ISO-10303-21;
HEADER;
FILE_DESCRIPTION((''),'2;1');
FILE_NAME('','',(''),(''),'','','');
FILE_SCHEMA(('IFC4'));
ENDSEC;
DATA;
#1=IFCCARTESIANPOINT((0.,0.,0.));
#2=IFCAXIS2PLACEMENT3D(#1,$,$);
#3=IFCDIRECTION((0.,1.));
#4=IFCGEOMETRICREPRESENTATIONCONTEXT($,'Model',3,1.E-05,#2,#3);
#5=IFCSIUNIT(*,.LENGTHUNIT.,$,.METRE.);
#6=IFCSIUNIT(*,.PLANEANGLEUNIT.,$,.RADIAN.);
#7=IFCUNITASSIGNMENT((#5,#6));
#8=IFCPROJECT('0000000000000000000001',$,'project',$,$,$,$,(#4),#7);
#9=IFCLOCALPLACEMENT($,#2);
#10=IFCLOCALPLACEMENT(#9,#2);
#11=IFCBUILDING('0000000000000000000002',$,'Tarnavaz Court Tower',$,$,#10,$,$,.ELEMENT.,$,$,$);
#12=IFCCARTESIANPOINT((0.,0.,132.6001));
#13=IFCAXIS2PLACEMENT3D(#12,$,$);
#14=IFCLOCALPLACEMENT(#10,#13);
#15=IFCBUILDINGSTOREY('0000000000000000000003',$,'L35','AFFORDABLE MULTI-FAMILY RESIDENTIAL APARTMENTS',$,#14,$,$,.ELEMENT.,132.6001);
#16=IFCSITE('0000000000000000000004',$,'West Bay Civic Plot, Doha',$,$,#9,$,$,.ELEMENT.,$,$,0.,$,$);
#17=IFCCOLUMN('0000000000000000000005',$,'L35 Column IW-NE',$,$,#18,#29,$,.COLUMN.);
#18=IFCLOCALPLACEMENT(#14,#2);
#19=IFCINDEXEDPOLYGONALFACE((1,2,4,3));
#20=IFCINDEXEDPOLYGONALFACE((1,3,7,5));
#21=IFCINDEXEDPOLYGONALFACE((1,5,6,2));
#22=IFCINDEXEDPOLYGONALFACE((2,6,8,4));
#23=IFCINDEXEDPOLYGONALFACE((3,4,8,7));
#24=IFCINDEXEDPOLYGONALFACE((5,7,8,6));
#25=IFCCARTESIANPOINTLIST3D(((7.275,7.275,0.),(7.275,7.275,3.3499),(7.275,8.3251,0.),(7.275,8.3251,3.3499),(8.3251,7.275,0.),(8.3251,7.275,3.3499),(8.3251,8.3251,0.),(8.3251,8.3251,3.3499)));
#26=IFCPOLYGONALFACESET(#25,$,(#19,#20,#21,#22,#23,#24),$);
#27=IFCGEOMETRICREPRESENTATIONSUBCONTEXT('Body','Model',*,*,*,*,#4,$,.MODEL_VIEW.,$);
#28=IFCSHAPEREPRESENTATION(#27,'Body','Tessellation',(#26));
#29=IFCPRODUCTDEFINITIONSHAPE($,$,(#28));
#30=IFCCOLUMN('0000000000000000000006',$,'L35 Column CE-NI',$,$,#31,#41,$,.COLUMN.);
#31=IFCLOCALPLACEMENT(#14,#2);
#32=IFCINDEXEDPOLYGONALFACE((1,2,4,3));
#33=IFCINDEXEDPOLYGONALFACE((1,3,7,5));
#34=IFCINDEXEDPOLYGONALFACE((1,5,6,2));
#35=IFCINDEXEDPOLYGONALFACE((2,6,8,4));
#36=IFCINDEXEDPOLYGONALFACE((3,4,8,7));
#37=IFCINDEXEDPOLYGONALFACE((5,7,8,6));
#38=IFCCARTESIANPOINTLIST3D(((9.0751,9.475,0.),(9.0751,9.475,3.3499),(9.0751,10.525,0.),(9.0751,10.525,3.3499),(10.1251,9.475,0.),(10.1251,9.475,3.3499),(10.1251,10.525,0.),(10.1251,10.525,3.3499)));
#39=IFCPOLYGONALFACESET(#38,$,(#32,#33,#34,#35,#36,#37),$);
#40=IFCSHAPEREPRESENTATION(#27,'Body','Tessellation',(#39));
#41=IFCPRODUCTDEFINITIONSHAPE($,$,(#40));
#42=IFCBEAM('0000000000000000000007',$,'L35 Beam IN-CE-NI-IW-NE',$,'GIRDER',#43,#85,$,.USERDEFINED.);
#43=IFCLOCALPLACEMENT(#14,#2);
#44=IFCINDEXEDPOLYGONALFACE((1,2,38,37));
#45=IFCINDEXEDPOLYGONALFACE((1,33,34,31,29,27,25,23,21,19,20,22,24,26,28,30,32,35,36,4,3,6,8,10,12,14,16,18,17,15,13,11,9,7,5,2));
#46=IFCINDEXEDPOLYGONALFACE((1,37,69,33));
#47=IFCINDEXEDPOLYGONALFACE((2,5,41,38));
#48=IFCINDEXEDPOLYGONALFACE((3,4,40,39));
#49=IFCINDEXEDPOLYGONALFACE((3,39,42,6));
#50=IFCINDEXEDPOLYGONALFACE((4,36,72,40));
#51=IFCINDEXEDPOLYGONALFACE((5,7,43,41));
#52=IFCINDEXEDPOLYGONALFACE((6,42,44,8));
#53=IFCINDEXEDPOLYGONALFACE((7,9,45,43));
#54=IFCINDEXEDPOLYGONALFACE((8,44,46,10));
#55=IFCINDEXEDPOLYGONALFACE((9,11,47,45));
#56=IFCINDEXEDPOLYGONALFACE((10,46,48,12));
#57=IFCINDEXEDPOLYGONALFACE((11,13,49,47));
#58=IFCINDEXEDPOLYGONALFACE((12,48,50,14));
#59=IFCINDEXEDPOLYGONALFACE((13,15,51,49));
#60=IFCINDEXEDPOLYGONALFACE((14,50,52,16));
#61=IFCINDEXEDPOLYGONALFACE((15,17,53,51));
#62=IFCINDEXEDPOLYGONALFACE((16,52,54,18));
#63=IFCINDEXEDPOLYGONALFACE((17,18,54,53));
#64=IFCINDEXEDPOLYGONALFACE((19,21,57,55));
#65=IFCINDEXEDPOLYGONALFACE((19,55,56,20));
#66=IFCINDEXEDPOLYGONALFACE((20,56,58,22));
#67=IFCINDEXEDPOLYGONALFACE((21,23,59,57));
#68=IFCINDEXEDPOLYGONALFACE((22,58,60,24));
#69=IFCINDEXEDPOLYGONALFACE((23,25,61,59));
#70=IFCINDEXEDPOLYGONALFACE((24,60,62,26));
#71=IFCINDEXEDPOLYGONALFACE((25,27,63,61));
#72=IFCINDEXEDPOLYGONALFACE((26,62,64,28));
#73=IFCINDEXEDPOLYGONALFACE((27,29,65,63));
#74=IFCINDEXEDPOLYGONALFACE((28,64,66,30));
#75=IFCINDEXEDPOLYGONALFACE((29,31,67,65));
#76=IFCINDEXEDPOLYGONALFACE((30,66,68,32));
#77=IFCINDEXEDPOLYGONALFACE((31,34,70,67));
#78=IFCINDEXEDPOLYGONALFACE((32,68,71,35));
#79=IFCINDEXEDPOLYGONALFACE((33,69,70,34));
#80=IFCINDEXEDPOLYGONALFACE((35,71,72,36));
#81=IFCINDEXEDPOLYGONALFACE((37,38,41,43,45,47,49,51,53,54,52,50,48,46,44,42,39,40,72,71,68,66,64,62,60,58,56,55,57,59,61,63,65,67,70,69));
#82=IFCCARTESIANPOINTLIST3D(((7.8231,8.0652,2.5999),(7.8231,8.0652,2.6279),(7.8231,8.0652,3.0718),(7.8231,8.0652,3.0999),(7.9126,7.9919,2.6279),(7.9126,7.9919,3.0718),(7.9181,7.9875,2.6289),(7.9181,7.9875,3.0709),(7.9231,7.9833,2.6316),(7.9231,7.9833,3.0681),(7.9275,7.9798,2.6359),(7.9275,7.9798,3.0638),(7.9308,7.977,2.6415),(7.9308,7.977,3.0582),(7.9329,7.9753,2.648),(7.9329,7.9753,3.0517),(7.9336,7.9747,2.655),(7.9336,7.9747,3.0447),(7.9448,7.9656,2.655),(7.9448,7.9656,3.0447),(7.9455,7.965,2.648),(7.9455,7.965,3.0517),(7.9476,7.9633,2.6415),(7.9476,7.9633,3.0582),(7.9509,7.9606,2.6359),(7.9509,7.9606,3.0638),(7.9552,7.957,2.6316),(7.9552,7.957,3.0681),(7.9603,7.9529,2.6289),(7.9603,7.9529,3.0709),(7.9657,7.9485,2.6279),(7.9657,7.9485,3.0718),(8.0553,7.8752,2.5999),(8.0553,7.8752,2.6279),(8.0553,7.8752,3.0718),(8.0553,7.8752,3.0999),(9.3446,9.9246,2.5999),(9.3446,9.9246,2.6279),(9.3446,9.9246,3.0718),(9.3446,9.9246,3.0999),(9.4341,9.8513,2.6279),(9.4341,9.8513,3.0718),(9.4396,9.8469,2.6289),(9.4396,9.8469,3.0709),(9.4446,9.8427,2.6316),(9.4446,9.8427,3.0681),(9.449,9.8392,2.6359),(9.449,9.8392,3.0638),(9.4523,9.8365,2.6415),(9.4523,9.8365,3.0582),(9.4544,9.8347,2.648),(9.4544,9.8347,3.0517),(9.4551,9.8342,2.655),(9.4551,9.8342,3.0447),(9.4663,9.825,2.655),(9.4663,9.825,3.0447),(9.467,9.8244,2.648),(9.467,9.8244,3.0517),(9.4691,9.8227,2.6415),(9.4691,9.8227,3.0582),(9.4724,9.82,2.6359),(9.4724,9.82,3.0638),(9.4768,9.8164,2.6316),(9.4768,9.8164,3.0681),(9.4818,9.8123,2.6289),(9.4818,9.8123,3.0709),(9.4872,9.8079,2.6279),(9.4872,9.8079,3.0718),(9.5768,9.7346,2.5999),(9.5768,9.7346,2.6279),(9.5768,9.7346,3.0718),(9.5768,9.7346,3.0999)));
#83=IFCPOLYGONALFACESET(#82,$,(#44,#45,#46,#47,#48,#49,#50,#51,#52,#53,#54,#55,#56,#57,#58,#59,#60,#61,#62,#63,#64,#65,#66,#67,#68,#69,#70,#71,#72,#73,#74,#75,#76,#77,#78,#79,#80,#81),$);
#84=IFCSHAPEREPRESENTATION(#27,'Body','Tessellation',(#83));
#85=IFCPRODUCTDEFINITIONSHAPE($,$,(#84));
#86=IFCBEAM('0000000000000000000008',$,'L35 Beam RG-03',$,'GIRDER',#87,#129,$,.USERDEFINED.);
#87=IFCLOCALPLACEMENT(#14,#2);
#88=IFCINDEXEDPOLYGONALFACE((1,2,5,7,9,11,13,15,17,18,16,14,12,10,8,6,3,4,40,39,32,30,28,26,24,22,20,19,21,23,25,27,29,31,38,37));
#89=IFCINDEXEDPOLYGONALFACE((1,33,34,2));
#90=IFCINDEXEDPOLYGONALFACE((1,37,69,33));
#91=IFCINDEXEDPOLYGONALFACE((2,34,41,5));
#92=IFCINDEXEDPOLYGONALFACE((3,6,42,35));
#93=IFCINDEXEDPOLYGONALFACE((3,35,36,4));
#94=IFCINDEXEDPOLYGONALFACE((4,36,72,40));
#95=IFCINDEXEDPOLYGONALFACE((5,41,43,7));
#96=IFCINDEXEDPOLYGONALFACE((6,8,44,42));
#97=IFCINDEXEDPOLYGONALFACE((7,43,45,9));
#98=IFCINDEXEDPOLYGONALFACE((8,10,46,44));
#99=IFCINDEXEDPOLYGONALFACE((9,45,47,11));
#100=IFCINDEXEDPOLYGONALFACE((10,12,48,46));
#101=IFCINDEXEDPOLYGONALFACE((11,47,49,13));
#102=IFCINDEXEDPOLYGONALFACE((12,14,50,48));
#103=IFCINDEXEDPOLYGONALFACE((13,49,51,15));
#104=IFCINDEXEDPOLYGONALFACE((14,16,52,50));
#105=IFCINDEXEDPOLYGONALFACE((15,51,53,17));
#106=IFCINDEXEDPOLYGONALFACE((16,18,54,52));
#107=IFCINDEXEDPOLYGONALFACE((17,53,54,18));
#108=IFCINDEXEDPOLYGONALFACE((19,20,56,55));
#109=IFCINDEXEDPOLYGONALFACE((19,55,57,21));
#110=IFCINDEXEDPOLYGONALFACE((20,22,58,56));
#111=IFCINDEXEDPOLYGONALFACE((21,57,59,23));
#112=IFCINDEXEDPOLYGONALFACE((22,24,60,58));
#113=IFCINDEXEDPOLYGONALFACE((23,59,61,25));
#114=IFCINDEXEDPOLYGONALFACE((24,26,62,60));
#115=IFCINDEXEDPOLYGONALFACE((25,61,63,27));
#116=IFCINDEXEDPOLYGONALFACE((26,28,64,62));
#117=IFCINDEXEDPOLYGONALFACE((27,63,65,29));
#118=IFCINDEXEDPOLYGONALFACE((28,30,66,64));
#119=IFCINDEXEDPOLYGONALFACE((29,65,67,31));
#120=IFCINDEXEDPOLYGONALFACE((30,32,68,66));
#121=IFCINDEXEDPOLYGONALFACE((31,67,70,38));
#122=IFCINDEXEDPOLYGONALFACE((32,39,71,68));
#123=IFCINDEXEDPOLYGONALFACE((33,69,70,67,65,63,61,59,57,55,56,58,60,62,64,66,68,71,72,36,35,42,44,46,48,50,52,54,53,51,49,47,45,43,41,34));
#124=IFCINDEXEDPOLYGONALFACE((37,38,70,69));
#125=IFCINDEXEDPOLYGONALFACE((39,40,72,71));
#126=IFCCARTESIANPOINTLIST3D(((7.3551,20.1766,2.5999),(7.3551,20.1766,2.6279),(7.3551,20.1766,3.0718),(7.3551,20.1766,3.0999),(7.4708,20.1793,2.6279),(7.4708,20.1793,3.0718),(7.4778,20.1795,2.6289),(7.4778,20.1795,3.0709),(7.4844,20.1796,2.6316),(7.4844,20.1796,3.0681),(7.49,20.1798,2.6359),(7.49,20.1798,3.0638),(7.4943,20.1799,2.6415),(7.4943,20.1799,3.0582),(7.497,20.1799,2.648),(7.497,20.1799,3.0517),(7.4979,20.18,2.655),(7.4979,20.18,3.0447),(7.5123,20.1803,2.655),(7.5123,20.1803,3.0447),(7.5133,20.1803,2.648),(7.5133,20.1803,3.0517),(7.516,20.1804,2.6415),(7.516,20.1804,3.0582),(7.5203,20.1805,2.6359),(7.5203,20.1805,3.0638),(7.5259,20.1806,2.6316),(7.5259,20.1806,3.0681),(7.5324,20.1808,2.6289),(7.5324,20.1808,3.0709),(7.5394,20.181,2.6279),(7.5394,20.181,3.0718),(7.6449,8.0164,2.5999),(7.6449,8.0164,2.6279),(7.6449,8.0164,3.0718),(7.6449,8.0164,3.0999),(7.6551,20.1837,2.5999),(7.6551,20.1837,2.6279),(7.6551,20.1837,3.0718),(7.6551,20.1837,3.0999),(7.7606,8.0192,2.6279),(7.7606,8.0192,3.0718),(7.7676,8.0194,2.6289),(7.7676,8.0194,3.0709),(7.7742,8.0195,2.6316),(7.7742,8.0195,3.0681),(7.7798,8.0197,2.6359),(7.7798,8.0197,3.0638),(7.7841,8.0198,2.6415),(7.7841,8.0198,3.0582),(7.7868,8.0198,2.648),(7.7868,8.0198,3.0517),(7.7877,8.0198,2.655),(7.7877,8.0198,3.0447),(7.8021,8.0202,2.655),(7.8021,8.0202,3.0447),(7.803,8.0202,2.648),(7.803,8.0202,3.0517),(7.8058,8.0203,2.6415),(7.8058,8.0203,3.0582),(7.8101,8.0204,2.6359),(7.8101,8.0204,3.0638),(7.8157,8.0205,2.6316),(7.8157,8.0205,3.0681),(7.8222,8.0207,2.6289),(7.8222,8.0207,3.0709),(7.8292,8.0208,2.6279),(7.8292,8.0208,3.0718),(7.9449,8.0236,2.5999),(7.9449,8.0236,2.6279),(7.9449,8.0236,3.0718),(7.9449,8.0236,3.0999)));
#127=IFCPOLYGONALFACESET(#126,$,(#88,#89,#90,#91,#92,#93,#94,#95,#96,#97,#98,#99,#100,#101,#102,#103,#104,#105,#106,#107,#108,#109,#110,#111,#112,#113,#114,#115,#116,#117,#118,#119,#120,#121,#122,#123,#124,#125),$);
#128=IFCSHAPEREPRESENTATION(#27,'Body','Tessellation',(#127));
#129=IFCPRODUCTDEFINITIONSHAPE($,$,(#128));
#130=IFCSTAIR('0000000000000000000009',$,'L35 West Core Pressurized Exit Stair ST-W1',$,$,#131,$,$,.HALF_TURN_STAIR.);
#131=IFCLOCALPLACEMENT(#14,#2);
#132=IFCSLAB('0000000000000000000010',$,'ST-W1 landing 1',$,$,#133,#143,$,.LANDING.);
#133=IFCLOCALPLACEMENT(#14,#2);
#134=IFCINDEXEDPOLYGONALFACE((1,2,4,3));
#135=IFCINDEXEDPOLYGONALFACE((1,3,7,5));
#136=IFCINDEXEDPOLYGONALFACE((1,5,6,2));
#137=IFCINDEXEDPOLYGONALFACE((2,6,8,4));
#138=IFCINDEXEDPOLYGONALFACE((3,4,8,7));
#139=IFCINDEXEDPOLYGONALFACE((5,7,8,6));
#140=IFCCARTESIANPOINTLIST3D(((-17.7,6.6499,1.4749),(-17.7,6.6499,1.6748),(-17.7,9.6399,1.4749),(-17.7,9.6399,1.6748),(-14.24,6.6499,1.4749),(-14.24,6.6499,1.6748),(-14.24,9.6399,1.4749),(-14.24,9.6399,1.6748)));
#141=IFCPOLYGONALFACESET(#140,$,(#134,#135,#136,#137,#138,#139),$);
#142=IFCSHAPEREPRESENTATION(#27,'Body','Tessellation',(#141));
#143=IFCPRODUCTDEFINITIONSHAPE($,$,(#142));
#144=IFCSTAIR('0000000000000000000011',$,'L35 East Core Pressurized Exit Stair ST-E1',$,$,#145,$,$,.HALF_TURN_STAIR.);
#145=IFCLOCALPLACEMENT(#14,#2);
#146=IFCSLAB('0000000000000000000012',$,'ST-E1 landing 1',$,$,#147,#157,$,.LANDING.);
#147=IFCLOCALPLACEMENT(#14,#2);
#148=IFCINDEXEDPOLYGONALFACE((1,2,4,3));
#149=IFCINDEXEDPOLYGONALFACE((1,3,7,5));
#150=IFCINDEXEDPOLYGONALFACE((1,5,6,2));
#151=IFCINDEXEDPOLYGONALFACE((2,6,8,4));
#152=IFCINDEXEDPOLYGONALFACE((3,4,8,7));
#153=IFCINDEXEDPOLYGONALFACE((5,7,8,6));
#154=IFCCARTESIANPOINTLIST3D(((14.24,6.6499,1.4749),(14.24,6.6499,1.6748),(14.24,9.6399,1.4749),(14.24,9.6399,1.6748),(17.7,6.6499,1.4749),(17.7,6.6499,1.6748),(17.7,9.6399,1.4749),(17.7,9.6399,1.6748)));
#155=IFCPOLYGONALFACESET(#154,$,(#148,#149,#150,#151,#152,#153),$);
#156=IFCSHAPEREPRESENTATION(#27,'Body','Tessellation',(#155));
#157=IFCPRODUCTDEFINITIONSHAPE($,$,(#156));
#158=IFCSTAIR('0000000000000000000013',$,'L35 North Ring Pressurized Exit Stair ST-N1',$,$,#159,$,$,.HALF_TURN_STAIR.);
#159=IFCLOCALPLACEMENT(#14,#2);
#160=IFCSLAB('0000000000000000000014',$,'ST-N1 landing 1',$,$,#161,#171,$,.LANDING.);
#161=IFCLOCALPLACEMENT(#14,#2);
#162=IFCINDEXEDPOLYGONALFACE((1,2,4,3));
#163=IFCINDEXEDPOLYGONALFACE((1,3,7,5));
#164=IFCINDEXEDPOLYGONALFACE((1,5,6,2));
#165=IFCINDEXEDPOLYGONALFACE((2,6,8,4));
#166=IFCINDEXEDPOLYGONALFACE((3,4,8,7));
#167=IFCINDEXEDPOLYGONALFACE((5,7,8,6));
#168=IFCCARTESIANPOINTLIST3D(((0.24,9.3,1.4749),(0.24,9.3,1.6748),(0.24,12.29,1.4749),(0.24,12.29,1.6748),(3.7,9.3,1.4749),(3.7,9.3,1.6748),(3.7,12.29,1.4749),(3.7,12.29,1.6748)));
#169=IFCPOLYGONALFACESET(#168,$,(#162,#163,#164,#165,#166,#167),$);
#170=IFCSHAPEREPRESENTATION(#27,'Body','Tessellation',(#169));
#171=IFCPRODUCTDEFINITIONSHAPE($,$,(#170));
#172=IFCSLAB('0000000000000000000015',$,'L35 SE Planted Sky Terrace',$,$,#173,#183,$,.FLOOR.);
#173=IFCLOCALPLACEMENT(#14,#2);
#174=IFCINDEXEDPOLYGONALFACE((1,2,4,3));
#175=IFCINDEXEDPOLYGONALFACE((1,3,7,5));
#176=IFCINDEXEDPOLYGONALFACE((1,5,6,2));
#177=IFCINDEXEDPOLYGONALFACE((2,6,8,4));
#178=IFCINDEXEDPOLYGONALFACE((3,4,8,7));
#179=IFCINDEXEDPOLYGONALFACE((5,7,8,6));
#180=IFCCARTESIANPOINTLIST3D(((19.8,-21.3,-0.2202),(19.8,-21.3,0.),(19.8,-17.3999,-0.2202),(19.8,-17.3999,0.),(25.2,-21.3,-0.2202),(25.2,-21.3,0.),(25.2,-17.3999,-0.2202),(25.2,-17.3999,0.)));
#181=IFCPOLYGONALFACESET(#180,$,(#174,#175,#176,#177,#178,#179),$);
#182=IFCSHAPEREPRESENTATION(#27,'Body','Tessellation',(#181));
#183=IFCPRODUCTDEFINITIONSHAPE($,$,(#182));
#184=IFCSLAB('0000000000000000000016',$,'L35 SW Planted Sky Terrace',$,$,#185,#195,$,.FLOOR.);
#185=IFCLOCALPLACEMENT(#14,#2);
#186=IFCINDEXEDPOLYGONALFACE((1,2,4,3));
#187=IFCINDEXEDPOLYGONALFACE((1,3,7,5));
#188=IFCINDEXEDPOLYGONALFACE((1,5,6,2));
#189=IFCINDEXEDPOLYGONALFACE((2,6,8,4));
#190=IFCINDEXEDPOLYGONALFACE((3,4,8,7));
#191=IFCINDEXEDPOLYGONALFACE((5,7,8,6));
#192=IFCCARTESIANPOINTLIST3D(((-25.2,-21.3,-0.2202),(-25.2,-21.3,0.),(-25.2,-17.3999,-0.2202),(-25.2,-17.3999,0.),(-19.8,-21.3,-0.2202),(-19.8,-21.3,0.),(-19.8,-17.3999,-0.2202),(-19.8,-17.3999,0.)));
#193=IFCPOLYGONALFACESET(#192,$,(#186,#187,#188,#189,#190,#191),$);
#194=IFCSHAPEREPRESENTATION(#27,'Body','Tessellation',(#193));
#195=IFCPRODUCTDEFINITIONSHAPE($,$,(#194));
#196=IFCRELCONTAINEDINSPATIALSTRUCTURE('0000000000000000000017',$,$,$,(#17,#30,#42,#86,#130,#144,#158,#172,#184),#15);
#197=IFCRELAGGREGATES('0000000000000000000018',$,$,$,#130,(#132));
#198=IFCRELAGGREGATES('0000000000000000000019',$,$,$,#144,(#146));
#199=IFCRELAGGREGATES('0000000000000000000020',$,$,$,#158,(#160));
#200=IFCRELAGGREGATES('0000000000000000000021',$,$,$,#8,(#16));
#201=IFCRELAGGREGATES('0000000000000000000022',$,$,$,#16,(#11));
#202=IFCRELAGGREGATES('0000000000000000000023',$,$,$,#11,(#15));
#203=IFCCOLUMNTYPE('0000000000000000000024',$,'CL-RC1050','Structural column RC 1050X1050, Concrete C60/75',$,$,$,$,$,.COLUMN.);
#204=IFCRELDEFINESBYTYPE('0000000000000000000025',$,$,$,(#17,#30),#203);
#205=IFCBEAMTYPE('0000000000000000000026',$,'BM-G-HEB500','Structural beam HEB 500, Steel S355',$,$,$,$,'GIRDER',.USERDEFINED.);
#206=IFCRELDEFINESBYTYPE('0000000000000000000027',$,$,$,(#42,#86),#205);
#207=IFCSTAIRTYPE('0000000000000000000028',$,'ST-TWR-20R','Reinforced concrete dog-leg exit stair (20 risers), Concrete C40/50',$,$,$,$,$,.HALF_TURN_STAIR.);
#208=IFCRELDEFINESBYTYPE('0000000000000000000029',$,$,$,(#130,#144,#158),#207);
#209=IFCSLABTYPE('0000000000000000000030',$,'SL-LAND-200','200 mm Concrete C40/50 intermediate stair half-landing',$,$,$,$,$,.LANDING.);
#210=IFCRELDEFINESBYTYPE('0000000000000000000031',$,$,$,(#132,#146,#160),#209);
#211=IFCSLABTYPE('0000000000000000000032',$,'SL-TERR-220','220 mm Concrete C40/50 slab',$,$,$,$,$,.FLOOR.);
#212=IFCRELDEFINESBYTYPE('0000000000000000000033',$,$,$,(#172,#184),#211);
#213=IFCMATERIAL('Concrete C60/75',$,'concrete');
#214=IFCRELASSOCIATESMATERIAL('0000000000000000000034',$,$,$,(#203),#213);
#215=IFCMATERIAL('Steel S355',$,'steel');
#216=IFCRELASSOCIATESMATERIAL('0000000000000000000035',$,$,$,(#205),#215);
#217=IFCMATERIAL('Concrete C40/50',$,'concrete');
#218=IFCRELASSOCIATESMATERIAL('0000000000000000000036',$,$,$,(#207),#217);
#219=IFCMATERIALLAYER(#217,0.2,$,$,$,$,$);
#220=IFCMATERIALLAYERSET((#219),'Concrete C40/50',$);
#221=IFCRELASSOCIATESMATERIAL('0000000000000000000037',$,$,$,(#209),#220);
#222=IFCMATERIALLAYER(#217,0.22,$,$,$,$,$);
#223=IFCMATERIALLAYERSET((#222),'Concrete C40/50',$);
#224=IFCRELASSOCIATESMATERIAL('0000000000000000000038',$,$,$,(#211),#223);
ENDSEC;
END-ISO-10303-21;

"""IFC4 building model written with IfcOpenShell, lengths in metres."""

from ifc_helpers import new_model, si_unit, direction, frame, origin, origin_2d, place, context, subcontext, project, spatial, polyline, rectangle, i_section, outline, extrude, material, layer, layer_set, material_profile, profile_set, type_object, element, aggregate, save


model = new_model("IFC4")

# Units and contexts
model_context = context("Model", 3, precision=1e-05, world=origin(), true_north=direction((0.0, 1.0)))
body_context = subcontext(model_context, "Body", "Model", "MODEL_VIEW")
ifc_project = project(units=[si_unit("LENGTHUNIT", "METRE"), si_unit("PLANEANGLEUNIT", "RADIAN")], contexts=[model_context])

# Site, building, storey
site_placement = place(None, origin())
site = spatial("IfcSite", under=ifc_project, at=site_placement, Name="West Bay Civic Plot, Doha", CompositionType="ELEMENT", RefElevation=0.0)
building_placement = place(site_placement, origin())
building = spatial("IfcBuilding", under=site, at=building_placement, Name="Tarnavaz Court Tower", CompositionType="ELEMENT")
storey_placement = place(building_placement, frame((0.0, 0.0, 132.6001)))
storey = spatial("IfcBuildingStorey", under=building, at=storey_placement, Name="L35", Description="AFFORDABLE MULTI-FAMILY RESIDENTIAL APARTMENTS", CompositionType="ELEMENT", Elevation=132.6001)

# Columns
ifc_material_1 = material(Name="Concrete C60/75", Category="concrete")
ifc_material_profile_1 = material_profile(ifc_material_1, rectangle(XDim=1.05, YDim=1.05, at=origin_2d()), Name="RC 1050X1050")
ifc_profile_set_1 = profile_set([ifc_material_profile_1], Name="Concrete C60/75")
column_type = type_object("IfcColumnType", Name="CL-RC1050", Description="Structural column RC 1050X1050, Concrete C60/75", PredefinedType="COLUMN", material=ifc_profile_set_1)
for number, where, z_axis, x_axis, name in (
    (1, (7.8, 7.8, 0.0), (0.0, 0.0, 1.0), (1.0, 0.0, 0.0), "L35 Column IW-NE"),
    (2, (9.6001, 10.0, 0.0), (0.0, 0.0, 1.0), (1.0, 0.0, 0.0), "L35 Column CE-NI"),
):
    element("IfcColumn", number, at=place(storey_placement, frame(where, z_axis=z_axis, x_axis=x_axis)), inside=storey, type_object=column_type, Name=name, PredefinedType="COLUMN", context=body_context, shape_type="SweptSolid", body=[
        extrude(rectangle(XDim=1.05, YDim=1.05, at=origin_2d()), origin(), (0.0, 0.0, 1.0), 3.3499),
    ])

# Beams
ifc_material_2 = material(Name="Steel S355", Category="steel")
ifc_material_profile_2 = material_profile(ifc_material_2, i_section(OverallWidth=0.3, OverallDepth=0.5, WebThickness=0.0144, FlangeThickness=0.0281, FilletRadius=0.0271, at=origin_2d()), Name="HEB 500")
ifc_profile_set_2 = profile_set([ifc_material_profile_2], Name="Steel S355")
beam_type = type_object("IfcBeamType", Name="BM-G-HEB500", Description="Structural beam HEB 500, Steel S355", ElementType="GIRDER", PredefinedType="USERDEFINED", material=ifc_profile_set_2)
beam_1_placement = place(storey_placement, frame((9.4607, 9.8296, 2.8499), z_axis=(-0.633282, -0.773921, 0.0), x_axis=(0.773921, -0.633282, 0.0)))
element("IfcBeam", 3, at=beam_1_placement, inside=storey, type_object=beam_type, Name="L35 Beam IN-CE-NI-IW-NE", ObjectType="GIRDER", PredefinedType="USERDEFINED", context=body_context, shape_type="SweptSolid", body=[
    extrude(i_section(OverallWidth=0.3, OverallDepth=0.5, WebThickness=0.0144, FlangeThickness=0.0281, FilletRadius=0.0271, at=origin_2d()), origin(), (0.0, 0.0, 1.0), 2.4026),
])
beam_2_placement = place(storey_placement, frame((7.7949, 8.02, 2.8499), z_axis=(-0.023825, 0.999716, 0.0), x_axis=(-0.999716, -0.023825, 0.0)))
element("IfcBeam", 4, at=beam_2_placement, inside=storey, type_object=beam_type, Name="L35 Beam RG-03", ObjectType="GIRDER", PredefinedType="USERDEFINED", context=body_context, shape_type="SweptSolid", body=[
    extrude(i_section(OverallWidth=0.3, OverallDepth=0.5, WebThickness=0.0144, FlangeThickness=0.0281, FilletRadius=0.0271, at=origin_2d()), origin(), (0.0, 0.0, 1.0), 12.1636),
])

# Stairs, slabs
ifc_material_3 = material(Name="Concrete C40/50", Category="concrete")
stair_type = type_object("IfcStairType", Name="ST-TWR-20R", Description="Reinforced concrete dog-leg exit stair (20 risers), Concrete C40/50", PredefinedType="HALF_TURN_STAIR", material=ifc_material_3)
stair_1_placement = place(storey_placement, origin())
stair_1 = element("IfcStair", 5, at=stair_1_placement, inside=storey, type_object=stair_type, Name="L35 West Core Pressurized Exit Stair ST-W1", PredefinedType="HALF_TURN_STAIR")
ifc_layer_1 = layer(ifc_material_3, 0.2)
ifc_layer_set_1 = layer_set([ifc_layer_1], Name="Concrete C40/50")
slab_type_1 = type_object("IfcSlabType", Name="SL-LAND-200", Description="200 mm Concrete C40/50 intermediate stair half-landing", PredefinedType="LANDING", material=ifc_layer_set_1)
slab_1_placement = place(storey_placement, frame((0.0, 0.0, 1.4749)))
slab_1 = element("IfcSlab", 6, at=slab_1_placement, type_object=slab_type_1, Name="ST-W1 landing 1", PredefinedType="LANDING", context=body_context, shape_type="SweptSolid", body=[
    extrude(outline(polyline([(-14.24, 9.6399), (-17.7, 9.6399), (-17.7, 6.6499), (-14.24, 6.6499), (-14.24, 9.6399)])), origin(), (0.0, 0.0, 1.0), 0.2),
])
aggregate(stair_1, [slab_1])
stair_2_placement = place(storey_placement, origin())
stair_2 = element("IfcStair", 7, at=stair_2_placement, inside=storey, type_object=stair_type, Name="L35 East Core Pressurized Exit Stair ST-E1", PredefinedType="HALF_TURN_STAIR")
slab_2_placement = place(storey_placement, frame((0.0, 0.0, 1.4749)))
slab_2 = element("IfcSlab", 8, at=slab_2_placement, type_object=slab_type_1, Name="ST-E1 landing 1", PredefinedType="LANDING", context=body_context, shape_type="SweptSolid", body=[
    extrude(outline(polyline([(14.24, 6.6499), (17.7, 6.6499), (17.7, 9.6399), (14.24, 9.6399), (14.24, 6.6499)])), origin(), (0.0, 0.0, 1.0), 0.2),
])
aggregate(stair_2, [slab_2])
stair_3_placement = place(storey_placement, origin())
stair_3 = element("IfcStair", 9, at=stair_3_placement, inside=storey, type_object=stair_type, Name="L35 North Ring Pressurized Exit Stair ST-N1", PredefinedType="HALF_TURN_STAIR")
slab_3_placement = place(storey_placement, frame((0.0, 0.0, 1.4749)))
slab_3 = element("IfcSlab", 10, at=slab_3_placement, type_object=slab_type_1, Name="ST-N1 landing 1", PredefinedType="LANDING", context=body_context, shape_type="SweptSolid", body=[
    extrude(outline(polyline([(0.24, 9.3), (3.7, 9.3), (3.7, 12.29), (0.24, 12.29), (0.24, 9.3)])), origin(), (0.0, 0.0, 1.0), 0.2),
])

# Slabs
ifc_layer_2 = layer(ifc_material_3, 0.22)
ifc_layer_set_2 = layer_set([ifc_layer_2], Name="Concrete C40/50")
slab_type_2 = type_object("IfcSlabType", Name="SL-TERR-220", Description="220 mm Concrete C40/50 slab", PredefinedType="FLOOR", material=ifc_layer_set_2)
slab_4_placement = place(storey_placement, frame((0.0, 0.0, -0.2202)))
element("IfcSlab", 11, at=slab_4_placement, inside=storey, type_object=slab_type_2, Name="L35 SE Planted Sky Terrace", PredefinedType="FLOOR", context=body_context, shape_type="SweptSolid", body=[
    extrude(outline(polyline([(19.8, -21.3), (25.2, -21.3), (25.2, -17.3999), (19.8, -17.3999), (19.8, -21.3)])), origin(), (0.0, 0.0, 1.0), 0.2202),
])
slab_5_placement = place(storey_placement, frame((0.0, 0.0, -0.2202)))
element("IfcSlab", 12, at=slab_5_placement, inside=storey, type_object=slab_type_2, Name="L35 SW Planted Sky Terrace", PredefinedType="FLOOR", context=body_context, shape_type="SweptSolid", body=[
    extrude(outline(polyline([(-25.2, -21.3), (-19.8, -21.3), (-19.8, -17.3999), (-25.2, -17.3999), (-25.2, -21.3)])), origin(), (0.0, 0.0, 1.0), 0.2202),
])

aggregate(stair_3, [slab_3])

save(model, "model.ifc")
